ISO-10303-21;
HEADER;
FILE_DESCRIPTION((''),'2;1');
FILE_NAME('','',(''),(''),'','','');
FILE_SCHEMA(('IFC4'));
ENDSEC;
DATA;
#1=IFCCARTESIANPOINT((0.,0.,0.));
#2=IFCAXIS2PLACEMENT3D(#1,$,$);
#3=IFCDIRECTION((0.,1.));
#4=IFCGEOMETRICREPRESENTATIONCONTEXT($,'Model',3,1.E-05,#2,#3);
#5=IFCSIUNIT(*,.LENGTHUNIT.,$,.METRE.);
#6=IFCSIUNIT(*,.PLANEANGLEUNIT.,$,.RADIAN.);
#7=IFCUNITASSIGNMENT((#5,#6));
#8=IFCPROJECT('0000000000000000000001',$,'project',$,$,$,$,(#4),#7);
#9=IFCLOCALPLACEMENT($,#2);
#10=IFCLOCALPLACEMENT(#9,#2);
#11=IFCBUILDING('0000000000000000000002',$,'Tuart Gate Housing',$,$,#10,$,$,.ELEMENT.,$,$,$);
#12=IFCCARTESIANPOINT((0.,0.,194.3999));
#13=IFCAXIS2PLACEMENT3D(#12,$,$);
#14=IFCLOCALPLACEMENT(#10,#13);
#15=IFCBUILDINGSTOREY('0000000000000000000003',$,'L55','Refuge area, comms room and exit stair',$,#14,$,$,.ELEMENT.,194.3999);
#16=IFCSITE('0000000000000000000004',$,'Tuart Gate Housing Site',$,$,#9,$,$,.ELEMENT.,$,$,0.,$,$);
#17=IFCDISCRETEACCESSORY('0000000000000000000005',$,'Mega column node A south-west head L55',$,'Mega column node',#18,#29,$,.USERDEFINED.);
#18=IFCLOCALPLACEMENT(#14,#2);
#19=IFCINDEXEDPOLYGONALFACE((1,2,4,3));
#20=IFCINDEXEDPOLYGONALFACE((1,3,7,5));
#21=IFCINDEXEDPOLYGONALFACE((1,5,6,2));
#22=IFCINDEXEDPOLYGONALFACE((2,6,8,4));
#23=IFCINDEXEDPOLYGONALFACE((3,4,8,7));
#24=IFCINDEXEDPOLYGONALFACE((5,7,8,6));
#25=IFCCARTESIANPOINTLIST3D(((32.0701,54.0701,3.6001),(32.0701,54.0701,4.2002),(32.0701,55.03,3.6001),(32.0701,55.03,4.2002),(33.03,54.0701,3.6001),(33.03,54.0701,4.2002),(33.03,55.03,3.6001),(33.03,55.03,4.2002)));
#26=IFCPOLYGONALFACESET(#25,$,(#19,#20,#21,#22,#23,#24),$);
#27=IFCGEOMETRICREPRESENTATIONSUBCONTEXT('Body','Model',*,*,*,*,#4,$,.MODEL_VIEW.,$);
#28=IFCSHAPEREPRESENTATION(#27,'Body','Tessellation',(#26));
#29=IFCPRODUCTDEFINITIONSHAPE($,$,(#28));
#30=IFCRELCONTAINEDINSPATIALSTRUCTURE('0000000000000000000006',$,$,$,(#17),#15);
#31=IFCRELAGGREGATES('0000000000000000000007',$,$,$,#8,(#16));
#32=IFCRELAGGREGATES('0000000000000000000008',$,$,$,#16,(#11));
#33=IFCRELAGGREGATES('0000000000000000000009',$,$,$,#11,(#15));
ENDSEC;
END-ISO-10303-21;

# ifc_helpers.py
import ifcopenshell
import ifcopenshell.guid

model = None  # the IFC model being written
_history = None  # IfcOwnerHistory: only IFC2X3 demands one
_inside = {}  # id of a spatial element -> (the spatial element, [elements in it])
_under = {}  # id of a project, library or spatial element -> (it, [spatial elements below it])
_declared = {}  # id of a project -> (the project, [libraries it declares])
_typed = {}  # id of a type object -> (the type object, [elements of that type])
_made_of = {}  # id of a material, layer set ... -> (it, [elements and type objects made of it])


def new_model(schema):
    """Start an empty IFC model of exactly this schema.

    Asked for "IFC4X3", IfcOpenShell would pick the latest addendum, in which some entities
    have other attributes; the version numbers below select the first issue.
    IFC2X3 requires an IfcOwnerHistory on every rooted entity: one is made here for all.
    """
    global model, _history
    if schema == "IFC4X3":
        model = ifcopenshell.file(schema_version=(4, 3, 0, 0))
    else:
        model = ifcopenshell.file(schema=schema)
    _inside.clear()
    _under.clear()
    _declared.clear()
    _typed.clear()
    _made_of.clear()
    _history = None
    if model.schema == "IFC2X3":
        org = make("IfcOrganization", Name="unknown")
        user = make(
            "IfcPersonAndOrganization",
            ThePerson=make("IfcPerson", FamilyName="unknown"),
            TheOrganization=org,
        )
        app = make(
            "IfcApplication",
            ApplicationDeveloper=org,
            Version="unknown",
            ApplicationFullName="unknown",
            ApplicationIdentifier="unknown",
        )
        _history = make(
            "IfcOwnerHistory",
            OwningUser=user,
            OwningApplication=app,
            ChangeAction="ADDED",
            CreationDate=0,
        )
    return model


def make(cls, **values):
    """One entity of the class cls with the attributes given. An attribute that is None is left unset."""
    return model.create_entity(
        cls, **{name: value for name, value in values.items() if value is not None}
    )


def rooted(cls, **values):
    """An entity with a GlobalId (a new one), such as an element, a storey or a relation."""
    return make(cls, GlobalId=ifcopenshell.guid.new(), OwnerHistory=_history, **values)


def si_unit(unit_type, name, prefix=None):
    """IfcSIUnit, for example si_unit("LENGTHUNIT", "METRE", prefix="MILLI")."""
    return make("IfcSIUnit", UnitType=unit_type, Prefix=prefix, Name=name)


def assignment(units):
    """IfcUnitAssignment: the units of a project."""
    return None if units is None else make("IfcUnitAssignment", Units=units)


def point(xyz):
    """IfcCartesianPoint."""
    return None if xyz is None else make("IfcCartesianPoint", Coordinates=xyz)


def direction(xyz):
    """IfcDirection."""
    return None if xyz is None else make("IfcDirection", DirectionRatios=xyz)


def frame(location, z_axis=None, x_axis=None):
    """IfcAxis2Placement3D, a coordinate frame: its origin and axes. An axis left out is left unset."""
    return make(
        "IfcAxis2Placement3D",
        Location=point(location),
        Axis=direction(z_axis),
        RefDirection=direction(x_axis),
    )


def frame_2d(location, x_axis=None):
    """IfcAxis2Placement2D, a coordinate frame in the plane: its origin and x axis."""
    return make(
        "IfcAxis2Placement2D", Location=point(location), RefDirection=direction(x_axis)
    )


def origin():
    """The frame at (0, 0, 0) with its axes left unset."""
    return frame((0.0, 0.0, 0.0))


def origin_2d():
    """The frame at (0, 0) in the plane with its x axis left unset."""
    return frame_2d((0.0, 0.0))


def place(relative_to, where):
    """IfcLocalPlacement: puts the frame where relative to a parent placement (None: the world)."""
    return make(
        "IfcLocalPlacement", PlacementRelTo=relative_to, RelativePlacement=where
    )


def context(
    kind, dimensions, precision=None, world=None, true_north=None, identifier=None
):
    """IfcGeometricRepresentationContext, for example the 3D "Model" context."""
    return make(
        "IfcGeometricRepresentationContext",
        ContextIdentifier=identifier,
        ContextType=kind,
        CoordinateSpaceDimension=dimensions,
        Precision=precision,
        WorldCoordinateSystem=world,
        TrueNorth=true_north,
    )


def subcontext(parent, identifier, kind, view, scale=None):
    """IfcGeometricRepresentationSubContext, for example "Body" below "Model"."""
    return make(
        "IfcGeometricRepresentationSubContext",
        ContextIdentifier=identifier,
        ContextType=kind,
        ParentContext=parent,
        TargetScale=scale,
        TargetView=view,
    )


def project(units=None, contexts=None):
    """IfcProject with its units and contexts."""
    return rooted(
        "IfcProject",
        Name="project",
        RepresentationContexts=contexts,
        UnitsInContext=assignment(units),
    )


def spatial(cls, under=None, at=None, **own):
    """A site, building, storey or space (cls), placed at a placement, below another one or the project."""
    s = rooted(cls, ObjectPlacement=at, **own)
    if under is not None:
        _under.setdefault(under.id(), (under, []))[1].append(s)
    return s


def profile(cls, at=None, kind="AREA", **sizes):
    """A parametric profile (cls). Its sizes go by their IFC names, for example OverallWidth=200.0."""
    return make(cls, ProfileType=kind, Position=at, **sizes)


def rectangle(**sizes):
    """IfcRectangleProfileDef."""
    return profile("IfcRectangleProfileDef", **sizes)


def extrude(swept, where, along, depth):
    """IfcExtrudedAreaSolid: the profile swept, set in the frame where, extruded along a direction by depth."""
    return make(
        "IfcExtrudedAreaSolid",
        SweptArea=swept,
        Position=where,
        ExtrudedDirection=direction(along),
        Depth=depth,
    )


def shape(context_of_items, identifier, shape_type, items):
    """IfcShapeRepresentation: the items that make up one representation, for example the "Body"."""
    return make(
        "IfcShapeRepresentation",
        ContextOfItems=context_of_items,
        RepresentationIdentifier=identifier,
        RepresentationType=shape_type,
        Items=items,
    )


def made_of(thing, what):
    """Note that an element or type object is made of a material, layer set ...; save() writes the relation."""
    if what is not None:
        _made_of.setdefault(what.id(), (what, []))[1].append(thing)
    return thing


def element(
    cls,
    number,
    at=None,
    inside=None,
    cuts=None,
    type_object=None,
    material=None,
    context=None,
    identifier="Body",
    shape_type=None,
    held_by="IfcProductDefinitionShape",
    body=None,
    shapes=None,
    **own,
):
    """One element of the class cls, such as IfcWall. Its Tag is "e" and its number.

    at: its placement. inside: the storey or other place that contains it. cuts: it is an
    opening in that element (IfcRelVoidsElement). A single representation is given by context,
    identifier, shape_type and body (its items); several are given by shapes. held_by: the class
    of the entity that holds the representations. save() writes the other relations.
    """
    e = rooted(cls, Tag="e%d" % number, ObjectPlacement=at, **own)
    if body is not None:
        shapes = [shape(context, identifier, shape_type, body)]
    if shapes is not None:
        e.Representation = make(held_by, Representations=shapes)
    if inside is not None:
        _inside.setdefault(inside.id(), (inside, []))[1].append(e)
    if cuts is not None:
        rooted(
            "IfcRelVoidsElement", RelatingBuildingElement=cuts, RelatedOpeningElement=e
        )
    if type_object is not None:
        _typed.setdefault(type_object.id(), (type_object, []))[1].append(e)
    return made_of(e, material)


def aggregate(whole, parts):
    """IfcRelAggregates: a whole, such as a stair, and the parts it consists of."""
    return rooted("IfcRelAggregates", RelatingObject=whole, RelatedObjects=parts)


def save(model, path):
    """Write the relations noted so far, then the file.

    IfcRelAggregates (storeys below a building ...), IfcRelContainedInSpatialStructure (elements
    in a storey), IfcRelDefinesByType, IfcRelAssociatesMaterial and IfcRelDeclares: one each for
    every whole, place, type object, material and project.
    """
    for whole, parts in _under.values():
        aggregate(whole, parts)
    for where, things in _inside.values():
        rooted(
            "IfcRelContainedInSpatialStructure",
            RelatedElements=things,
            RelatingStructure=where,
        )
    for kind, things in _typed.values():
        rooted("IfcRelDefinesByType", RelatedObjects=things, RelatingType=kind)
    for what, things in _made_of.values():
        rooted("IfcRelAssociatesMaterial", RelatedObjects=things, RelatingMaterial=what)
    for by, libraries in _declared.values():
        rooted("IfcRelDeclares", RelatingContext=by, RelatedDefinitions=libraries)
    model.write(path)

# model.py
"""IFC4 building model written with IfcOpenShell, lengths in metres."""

from ifc_helpers import new_model, si_unit, direction, frame, origin, origin_2d, place, context, subcontext, project, spatial, rectangle, extrude, element, save


model = new_model("IFC4")

# Units and contexts
model_context = context("Model", 3, precision=1e-05, world=origin(), true_north=direction((0.0, 1.0)))
body_context = subcontext(model_context, "Body", "Model", "MODEL_VIEW")
ifc_project = project(units=[si_unit("LENGTHUNIT", "METRE"), si_unit("PLANEANGLEUNIT", "RADIAN")], contexts=[model_context])

# Site, building, storey
site_placement = place(None, origin())
site = spatial("IfcSite", under=ifc_project, at=site_placement, Name="Tuart Gate Housing Site", CompositionType="ELEMENT", RefElevation=0.0)
building_placement = place(site_placement, origin())
building = spatial("IfcBuilding", under=site, at=building_placement, Name="Tuart Gate Housing", CompositionType="ELEMENT")
storey_placement = place(building_placement, frame((0.0, 0.0, 194.3999)))
storey = spatial("IfcBuildingStorey", under=building, at=storey_placement, Name="L55", Description="Refuge area, comms room and exit stair", CompositionType="ELEMENT", Elevation=194.3999)

# Discrete accessory
discrete_accessory_placement = place(storey_placement, frame((32.55, 54.55, 3.6001), z_axis=(0.0, 0.0, 1.0), x_axis=(1.0, 0.0, 0.0)))
element("IfcDiscreteAccessory", 1, at=discrete_accessory_placement, inside=storey, Name="Mega column node A south-west head L55", ObjectType="Mega column node", PredefinedType="USERDEFINED", context=body_context, shape_type="SweptSolid", body=[
    extrude(rectangle(XDim=0.96, YDim=0.96, at=origin_2d()), origin(), (0.0, 0.0, 1.0), 0.6001),
])

save(model, "model.ifc")
